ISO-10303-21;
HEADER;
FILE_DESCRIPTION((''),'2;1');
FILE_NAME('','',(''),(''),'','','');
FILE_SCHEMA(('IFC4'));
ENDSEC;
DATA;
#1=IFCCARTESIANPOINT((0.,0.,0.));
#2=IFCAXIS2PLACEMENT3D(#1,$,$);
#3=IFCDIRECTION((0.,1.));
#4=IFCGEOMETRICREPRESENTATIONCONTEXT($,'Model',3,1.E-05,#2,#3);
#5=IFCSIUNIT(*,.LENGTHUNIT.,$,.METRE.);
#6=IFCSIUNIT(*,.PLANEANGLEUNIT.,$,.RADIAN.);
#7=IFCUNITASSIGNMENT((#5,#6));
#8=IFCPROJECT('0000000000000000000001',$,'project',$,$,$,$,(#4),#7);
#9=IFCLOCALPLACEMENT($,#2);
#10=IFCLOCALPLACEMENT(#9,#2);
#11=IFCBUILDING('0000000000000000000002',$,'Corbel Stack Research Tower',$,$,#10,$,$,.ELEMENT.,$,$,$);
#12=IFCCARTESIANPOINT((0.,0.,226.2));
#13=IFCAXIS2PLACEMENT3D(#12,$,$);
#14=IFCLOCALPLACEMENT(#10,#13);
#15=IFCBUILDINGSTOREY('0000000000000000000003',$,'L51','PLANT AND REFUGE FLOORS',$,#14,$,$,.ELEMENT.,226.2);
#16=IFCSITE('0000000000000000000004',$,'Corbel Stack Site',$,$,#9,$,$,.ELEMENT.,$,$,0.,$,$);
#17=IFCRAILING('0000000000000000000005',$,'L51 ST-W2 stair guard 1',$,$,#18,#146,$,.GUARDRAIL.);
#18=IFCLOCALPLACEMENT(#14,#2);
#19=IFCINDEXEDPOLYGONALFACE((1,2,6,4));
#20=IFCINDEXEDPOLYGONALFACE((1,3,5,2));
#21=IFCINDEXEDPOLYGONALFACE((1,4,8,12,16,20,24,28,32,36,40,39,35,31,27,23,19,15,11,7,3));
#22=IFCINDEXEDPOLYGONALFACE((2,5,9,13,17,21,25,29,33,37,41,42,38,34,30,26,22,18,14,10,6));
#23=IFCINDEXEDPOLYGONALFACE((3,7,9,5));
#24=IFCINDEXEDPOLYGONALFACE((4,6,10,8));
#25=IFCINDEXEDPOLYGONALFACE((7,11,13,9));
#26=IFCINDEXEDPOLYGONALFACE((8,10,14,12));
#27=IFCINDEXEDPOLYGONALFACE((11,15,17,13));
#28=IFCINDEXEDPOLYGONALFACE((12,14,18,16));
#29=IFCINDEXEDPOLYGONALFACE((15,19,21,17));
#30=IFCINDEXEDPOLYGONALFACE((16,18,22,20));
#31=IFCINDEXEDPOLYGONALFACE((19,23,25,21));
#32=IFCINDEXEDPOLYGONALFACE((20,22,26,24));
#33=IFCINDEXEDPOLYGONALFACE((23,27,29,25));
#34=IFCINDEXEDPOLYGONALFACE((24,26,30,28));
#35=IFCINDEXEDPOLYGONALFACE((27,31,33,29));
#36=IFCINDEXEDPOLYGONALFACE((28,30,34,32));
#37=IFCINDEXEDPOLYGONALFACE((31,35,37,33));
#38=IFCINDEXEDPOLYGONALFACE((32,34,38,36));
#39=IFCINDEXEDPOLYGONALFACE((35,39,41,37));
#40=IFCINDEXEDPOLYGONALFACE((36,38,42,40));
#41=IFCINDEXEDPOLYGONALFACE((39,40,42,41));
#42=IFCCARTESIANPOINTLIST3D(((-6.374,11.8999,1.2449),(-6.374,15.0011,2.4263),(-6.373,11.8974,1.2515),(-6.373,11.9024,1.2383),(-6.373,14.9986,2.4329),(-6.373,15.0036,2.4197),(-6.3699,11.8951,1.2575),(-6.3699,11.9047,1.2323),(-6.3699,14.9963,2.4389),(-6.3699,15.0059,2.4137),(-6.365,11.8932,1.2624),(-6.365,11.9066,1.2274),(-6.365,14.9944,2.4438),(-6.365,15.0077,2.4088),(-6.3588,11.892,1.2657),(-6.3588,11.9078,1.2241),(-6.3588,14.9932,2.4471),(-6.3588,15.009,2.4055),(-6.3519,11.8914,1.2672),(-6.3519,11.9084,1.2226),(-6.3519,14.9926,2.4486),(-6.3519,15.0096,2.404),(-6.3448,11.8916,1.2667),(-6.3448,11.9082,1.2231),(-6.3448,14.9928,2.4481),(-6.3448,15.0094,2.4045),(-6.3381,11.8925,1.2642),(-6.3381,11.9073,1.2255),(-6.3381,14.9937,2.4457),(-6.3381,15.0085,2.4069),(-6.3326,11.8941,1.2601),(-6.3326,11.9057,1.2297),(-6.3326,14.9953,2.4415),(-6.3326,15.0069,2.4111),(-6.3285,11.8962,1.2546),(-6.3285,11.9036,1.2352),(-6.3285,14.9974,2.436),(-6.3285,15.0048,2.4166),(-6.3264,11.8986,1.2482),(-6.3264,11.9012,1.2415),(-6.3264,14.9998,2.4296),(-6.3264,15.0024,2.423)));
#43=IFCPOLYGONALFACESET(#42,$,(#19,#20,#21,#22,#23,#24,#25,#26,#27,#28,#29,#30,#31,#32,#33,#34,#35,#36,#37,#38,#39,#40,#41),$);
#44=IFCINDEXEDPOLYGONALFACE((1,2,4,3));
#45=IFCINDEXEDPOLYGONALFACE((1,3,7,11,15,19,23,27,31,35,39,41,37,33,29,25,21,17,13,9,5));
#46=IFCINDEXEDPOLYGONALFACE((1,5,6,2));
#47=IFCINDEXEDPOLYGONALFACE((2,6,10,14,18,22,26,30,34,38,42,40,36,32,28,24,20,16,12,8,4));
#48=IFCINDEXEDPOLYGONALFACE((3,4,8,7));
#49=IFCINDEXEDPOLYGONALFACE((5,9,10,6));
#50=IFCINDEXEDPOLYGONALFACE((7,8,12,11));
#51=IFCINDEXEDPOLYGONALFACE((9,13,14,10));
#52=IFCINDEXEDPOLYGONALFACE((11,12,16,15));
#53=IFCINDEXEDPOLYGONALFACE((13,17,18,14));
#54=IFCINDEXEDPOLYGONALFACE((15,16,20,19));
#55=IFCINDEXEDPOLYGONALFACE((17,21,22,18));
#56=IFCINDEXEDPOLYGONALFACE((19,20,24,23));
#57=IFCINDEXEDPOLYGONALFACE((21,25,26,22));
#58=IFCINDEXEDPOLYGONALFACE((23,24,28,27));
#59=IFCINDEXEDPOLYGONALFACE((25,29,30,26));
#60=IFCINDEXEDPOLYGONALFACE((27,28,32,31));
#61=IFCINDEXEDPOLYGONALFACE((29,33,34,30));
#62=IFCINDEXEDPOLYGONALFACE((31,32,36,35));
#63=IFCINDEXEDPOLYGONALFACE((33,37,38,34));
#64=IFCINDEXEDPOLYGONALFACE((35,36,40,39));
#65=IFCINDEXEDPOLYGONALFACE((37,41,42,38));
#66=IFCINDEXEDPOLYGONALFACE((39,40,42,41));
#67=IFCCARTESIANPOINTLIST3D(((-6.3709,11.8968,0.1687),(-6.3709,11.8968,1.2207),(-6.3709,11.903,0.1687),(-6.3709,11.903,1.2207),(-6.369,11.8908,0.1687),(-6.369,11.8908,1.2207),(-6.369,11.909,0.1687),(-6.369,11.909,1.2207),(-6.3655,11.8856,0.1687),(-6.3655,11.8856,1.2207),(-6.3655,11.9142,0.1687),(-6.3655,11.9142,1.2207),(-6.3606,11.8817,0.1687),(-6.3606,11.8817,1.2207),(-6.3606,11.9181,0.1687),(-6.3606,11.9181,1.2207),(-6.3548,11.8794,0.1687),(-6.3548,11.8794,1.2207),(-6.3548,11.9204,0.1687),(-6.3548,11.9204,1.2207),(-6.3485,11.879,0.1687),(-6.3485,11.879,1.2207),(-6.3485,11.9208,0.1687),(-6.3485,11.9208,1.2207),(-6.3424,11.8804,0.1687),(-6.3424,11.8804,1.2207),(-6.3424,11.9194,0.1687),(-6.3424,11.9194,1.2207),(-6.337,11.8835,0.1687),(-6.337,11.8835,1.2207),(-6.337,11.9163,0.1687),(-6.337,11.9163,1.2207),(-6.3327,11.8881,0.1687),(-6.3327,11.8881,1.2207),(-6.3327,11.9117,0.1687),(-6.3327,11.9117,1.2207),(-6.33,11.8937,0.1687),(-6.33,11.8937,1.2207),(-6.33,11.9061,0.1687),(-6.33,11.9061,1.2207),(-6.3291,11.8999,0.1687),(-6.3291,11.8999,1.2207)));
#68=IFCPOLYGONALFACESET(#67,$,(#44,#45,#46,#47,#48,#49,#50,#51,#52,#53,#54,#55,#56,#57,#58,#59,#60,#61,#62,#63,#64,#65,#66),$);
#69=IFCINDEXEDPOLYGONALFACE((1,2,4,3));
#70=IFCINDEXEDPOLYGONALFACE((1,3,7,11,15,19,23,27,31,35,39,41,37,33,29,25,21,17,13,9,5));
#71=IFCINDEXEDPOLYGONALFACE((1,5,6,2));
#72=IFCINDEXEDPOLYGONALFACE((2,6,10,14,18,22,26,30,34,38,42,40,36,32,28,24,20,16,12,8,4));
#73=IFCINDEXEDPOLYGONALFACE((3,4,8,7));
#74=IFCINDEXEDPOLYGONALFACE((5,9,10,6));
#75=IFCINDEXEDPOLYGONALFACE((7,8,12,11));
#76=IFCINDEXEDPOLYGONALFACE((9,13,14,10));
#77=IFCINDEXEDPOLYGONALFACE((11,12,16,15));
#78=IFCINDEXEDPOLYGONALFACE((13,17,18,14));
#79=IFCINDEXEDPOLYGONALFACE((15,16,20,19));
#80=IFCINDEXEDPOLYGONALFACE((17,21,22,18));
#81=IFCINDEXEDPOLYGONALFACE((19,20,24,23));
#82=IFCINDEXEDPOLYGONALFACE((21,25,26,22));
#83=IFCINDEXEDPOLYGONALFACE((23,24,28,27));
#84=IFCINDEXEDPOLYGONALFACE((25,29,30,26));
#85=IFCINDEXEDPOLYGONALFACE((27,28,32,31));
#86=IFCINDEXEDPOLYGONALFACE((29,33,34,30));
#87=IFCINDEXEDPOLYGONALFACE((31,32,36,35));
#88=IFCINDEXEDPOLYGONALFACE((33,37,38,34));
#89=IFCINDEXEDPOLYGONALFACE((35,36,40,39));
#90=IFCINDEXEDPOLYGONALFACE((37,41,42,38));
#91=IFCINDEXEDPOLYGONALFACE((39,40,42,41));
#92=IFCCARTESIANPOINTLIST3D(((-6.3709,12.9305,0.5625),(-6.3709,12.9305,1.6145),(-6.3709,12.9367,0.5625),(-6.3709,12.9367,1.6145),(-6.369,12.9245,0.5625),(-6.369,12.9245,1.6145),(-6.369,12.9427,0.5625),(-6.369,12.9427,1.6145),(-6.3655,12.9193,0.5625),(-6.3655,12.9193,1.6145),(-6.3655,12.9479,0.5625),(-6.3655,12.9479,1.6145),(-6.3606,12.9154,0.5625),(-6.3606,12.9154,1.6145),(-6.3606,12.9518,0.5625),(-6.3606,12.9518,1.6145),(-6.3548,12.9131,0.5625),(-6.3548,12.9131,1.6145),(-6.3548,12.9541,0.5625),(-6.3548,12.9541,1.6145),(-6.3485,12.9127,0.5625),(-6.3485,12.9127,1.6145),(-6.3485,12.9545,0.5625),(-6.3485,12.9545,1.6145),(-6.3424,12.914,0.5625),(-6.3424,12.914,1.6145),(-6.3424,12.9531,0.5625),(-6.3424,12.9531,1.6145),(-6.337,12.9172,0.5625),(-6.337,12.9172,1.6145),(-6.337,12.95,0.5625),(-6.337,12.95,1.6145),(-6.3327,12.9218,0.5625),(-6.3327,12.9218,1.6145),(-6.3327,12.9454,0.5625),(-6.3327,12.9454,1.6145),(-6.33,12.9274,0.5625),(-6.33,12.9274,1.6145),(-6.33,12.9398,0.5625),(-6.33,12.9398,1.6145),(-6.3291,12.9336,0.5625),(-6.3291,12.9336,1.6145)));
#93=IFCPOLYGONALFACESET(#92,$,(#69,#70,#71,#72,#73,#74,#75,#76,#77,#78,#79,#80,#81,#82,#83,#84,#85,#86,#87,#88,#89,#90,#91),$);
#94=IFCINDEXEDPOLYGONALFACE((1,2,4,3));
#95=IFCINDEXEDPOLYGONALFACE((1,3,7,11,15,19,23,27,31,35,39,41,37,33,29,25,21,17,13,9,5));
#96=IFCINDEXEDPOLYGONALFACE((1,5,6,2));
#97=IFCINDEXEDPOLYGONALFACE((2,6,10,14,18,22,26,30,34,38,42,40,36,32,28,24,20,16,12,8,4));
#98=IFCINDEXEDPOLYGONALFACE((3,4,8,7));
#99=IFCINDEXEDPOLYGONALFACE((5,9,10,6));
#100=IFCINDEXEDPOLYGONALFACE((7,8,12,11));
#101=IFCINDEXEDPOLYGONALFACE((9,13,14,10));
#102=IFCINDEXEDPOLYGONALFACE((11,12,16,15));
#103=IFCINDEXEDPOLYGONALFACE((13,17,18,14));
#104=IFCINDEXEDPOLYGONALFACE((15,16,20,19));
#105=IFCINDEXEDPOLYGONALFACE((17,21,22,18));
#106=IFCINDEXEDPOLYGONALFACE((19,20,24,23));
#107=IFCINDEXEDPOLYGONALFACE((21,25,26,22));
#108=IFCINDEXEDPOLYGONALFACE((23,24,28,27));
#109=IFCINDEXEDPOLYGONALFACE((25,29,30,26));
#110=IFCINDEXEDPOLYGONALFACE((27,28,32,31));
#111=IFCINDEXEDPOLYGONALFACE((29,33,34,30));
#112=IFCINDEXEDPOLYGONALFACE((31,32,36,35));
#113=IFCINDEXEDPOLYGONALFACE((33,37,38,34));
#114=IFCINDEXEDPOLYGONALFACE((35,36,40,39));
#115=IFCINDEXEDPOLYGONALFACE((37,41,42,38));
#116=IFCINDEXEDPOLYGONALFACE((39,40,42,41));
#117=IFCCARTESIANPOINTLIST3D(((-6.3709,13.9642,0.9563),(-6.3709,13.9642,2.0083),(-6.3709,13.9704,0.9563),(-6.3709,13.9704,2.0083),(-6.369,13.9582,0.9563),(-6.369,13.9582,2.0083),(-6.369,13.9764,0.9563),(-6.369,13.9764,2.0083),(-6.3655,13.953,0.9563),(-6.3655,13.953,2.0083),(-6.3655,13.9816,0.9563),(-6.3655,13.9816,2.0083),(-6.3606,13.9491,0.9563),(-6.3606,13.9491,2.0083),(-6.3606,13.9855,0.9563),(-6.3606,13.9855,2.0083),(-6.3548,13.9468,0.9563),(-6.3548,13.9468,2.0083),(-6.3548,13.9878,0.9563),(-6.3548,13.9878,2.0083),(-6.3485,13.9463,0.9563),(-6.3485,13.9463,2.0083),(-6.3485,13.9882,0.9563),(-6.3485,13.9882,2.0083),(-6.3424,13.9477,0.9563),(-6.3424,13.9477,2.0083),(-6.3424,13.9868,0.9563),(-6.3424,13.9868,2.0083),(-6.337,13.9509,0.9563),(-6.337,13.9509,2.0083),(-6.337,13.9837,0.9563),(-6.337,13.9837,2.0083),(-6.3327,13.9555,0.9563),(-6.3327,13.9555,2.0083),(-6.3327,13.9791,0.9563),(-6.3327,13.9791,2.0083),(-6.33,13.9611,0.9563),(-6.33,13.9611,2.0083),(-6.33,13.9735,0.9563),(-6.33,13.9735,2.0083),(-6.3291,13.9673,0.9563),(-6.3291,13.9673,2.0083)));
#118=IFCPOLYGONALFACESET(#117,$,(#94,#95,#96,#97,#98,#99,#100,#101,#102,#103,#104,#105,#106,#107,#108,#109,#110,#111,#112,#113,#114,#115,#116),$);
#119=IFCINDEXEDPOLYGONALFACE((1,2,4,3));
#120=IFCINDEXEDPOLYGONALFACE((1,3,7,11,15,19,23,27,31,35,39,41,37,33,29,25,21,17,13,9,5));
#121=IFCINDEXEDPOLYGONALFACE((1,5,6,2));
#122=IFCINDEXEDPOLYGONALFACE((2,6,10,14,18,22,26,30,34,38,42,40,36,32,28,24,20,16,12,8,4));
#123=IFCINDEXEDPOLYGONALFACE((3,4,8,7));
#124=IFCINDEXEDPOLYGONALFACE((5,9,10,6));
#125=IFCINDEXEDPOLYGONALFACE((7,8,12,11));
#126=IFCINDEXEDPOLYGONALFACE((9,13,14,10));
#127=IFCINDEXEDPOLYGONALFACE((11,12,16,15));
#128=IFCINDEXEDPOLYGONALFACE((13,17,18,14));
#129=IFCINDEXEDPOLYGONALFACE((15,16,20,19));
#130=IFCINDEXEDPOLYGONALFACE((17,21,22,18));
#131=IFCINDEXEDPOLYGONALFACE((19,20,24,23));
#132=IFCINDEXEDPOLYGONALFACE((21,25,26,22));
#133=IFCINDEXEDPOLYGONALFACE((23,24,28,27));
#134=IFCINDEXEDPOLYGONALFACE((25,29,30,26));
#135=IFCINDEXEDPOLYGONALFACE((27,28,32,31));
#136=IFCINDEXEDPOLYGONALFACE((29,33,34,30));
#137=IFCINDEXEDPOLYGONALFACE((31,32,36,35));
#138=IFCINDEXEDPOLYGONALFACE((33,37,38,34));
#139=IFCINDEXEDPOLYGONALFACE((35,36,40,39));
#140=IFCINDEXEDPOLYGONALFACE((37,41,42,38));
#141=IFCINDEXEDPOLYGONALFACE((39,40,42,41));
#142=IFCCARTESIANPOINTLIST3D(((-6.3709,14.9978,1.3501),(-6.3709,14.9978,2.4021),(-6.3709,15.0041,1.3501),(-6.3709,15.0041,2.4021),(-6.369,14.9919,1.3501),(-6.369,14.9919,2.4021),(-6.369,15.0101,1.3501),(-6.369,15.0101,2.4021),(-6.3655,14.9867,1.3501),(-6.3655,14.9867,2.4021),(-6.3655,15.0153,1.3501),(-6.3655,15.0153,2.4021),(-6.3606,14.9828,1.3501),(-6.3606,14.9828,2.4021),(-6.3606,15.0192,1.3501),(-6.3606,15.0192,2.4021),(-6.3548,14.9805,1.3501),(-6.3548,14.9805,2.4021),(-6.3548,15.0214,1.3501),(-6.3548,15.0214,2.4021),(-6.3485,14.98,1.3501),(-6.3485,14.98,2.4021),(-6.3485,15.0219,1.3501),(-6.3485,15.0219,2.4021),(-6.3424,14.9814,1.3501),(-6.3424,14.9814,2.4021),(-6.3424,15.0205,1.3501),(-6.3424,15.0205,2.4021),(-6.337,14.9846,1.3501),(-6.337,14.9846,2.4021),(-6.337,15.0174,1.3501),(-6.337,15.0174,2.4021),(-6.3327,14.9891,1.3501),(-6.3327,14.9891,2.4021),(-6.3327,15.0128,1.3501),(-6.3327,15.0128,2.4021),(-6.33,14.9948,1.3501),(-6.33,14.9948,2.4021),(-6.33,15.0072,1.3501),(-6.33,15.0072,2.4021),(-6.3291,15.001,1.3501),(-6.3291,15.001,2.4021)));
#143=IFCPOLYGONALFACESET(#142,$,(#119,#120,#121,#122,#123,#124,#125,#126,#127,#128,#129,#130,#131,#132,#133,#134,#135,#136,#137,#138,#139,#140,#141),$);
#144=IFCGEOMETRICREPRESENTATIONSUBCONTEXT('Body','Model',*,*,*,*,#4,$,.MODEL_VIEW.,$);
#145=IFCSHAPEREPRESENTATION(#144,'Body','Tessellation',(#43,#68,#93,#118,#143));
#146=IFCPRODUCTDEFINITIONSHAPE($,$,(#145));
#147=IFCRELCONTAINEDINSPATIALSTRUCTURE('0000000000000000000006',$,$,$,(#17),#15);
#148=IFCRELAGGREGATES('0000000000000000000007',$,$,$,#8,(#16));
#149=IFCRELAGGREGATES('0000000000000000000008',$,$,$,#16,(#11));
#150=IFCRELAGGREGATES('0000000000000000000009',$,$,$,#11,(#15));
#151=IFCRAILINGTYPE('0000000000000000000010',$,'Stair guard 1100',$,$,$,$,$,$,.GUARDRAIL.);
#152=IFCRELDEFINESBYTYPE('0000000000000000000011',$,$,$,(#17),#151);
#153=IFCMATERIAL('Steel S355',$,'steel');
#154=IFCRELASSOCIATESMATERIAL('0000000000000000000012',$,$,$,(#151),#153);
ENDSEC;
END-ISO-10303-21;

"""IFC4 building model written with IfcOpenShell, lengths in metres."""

from ifc_helpers import new_model, si_unit, direction, frame, origin, origin_2d, place, context, subcontext, project, spatial, circle, extrude, material, type_object, element, save


model = new_model("IFC4")

# Units and contexts
model_context = context("Model", 3, precision=1e-05, world=origin(), true_north=direction((0.0, 1.0)))
body_context = subcontext(model_context, "Body", "Model", "MODEL_VIEW")
ifc_project = project(units=[si_unit("LENGTHUNIT", "METRE"), si_unit("PLANEANGLEUNIT", "RADIAN")], contexts=[model_context])

# Site, building, storey
site_placement = place(None, origin())
site = spatial("IfcSite", under=ifc_project, at=site_placement, Name="Corbel Stack Site", CompositionType="ELEMENT", RefElevation=0.0)
building_placement = place(site_placement, origin())
building = spatial("IfcBuilding", under=site, at=building_placement, Name="Corbel Stack Research Tower", CompositionType="ELEMENT")
storey_placement = place(building_placement, frame((0.0, 0.0, 226.2)))
storey = spatial("IfcBuildingStorey", under=building, at=storey_placement, Name="L51", Description="PLANT AND REFUGE FLOORS", CompositionType="ELEMENT", Elevation=226.2)

# Railing
ifc_material_1 = material(Name="Steel S355", Category="steel")
railing_type_1 = type_object("IfcRailingType", Name="Stair guard 1100", PredefinedType="GUARDRAIL", material=ifc_material_1)
railing_1_placement = place(storey_placement, frame((-6.3501, 11.8999, 0.1687)))
element("IfcRailing", 1, at=railing_1_placement, inside=storey, type_object=railing_type_1, Name="L51 ST-W2 stair guard 1", PredefinedType="GUARDRAIL", context=body_context, shape_type="SweptSolid", body=[
    extrude(circle(Radius=0.0239, at=origin_2d()), frame((0.0, 0.0, 1.0762), z_axis=(0.0, 0.934484, 0.356005), x_axis=(-1.0, 0.0, 0.0)), (0.0, 0.0, 1.0), 3.3186),
    extrude(circle(Radius=0.021, at=origin_2d()), origin(), (0.0, 0.0, 1.0), 1.052),
    extrude(circle(Radius=0.021, at=origin_2d()), frame((0.0, 1.0337, 0.3938)), (0.0, 0.0, 1.0), 1.052),
    extrude(circle(Radius=0.021, at=origin_2d()), frame((0.0, 2.0674, 0.7876)), (0.0, 0.0, 1.0), 1.052),
    extrude(circle(Radius=0.021, at=origin_2d()), frame((0.0, 3.1011, 1.1814)), (0.0, 0.0, 1.0), 1.052),
])

save(model, "model.ifc")
